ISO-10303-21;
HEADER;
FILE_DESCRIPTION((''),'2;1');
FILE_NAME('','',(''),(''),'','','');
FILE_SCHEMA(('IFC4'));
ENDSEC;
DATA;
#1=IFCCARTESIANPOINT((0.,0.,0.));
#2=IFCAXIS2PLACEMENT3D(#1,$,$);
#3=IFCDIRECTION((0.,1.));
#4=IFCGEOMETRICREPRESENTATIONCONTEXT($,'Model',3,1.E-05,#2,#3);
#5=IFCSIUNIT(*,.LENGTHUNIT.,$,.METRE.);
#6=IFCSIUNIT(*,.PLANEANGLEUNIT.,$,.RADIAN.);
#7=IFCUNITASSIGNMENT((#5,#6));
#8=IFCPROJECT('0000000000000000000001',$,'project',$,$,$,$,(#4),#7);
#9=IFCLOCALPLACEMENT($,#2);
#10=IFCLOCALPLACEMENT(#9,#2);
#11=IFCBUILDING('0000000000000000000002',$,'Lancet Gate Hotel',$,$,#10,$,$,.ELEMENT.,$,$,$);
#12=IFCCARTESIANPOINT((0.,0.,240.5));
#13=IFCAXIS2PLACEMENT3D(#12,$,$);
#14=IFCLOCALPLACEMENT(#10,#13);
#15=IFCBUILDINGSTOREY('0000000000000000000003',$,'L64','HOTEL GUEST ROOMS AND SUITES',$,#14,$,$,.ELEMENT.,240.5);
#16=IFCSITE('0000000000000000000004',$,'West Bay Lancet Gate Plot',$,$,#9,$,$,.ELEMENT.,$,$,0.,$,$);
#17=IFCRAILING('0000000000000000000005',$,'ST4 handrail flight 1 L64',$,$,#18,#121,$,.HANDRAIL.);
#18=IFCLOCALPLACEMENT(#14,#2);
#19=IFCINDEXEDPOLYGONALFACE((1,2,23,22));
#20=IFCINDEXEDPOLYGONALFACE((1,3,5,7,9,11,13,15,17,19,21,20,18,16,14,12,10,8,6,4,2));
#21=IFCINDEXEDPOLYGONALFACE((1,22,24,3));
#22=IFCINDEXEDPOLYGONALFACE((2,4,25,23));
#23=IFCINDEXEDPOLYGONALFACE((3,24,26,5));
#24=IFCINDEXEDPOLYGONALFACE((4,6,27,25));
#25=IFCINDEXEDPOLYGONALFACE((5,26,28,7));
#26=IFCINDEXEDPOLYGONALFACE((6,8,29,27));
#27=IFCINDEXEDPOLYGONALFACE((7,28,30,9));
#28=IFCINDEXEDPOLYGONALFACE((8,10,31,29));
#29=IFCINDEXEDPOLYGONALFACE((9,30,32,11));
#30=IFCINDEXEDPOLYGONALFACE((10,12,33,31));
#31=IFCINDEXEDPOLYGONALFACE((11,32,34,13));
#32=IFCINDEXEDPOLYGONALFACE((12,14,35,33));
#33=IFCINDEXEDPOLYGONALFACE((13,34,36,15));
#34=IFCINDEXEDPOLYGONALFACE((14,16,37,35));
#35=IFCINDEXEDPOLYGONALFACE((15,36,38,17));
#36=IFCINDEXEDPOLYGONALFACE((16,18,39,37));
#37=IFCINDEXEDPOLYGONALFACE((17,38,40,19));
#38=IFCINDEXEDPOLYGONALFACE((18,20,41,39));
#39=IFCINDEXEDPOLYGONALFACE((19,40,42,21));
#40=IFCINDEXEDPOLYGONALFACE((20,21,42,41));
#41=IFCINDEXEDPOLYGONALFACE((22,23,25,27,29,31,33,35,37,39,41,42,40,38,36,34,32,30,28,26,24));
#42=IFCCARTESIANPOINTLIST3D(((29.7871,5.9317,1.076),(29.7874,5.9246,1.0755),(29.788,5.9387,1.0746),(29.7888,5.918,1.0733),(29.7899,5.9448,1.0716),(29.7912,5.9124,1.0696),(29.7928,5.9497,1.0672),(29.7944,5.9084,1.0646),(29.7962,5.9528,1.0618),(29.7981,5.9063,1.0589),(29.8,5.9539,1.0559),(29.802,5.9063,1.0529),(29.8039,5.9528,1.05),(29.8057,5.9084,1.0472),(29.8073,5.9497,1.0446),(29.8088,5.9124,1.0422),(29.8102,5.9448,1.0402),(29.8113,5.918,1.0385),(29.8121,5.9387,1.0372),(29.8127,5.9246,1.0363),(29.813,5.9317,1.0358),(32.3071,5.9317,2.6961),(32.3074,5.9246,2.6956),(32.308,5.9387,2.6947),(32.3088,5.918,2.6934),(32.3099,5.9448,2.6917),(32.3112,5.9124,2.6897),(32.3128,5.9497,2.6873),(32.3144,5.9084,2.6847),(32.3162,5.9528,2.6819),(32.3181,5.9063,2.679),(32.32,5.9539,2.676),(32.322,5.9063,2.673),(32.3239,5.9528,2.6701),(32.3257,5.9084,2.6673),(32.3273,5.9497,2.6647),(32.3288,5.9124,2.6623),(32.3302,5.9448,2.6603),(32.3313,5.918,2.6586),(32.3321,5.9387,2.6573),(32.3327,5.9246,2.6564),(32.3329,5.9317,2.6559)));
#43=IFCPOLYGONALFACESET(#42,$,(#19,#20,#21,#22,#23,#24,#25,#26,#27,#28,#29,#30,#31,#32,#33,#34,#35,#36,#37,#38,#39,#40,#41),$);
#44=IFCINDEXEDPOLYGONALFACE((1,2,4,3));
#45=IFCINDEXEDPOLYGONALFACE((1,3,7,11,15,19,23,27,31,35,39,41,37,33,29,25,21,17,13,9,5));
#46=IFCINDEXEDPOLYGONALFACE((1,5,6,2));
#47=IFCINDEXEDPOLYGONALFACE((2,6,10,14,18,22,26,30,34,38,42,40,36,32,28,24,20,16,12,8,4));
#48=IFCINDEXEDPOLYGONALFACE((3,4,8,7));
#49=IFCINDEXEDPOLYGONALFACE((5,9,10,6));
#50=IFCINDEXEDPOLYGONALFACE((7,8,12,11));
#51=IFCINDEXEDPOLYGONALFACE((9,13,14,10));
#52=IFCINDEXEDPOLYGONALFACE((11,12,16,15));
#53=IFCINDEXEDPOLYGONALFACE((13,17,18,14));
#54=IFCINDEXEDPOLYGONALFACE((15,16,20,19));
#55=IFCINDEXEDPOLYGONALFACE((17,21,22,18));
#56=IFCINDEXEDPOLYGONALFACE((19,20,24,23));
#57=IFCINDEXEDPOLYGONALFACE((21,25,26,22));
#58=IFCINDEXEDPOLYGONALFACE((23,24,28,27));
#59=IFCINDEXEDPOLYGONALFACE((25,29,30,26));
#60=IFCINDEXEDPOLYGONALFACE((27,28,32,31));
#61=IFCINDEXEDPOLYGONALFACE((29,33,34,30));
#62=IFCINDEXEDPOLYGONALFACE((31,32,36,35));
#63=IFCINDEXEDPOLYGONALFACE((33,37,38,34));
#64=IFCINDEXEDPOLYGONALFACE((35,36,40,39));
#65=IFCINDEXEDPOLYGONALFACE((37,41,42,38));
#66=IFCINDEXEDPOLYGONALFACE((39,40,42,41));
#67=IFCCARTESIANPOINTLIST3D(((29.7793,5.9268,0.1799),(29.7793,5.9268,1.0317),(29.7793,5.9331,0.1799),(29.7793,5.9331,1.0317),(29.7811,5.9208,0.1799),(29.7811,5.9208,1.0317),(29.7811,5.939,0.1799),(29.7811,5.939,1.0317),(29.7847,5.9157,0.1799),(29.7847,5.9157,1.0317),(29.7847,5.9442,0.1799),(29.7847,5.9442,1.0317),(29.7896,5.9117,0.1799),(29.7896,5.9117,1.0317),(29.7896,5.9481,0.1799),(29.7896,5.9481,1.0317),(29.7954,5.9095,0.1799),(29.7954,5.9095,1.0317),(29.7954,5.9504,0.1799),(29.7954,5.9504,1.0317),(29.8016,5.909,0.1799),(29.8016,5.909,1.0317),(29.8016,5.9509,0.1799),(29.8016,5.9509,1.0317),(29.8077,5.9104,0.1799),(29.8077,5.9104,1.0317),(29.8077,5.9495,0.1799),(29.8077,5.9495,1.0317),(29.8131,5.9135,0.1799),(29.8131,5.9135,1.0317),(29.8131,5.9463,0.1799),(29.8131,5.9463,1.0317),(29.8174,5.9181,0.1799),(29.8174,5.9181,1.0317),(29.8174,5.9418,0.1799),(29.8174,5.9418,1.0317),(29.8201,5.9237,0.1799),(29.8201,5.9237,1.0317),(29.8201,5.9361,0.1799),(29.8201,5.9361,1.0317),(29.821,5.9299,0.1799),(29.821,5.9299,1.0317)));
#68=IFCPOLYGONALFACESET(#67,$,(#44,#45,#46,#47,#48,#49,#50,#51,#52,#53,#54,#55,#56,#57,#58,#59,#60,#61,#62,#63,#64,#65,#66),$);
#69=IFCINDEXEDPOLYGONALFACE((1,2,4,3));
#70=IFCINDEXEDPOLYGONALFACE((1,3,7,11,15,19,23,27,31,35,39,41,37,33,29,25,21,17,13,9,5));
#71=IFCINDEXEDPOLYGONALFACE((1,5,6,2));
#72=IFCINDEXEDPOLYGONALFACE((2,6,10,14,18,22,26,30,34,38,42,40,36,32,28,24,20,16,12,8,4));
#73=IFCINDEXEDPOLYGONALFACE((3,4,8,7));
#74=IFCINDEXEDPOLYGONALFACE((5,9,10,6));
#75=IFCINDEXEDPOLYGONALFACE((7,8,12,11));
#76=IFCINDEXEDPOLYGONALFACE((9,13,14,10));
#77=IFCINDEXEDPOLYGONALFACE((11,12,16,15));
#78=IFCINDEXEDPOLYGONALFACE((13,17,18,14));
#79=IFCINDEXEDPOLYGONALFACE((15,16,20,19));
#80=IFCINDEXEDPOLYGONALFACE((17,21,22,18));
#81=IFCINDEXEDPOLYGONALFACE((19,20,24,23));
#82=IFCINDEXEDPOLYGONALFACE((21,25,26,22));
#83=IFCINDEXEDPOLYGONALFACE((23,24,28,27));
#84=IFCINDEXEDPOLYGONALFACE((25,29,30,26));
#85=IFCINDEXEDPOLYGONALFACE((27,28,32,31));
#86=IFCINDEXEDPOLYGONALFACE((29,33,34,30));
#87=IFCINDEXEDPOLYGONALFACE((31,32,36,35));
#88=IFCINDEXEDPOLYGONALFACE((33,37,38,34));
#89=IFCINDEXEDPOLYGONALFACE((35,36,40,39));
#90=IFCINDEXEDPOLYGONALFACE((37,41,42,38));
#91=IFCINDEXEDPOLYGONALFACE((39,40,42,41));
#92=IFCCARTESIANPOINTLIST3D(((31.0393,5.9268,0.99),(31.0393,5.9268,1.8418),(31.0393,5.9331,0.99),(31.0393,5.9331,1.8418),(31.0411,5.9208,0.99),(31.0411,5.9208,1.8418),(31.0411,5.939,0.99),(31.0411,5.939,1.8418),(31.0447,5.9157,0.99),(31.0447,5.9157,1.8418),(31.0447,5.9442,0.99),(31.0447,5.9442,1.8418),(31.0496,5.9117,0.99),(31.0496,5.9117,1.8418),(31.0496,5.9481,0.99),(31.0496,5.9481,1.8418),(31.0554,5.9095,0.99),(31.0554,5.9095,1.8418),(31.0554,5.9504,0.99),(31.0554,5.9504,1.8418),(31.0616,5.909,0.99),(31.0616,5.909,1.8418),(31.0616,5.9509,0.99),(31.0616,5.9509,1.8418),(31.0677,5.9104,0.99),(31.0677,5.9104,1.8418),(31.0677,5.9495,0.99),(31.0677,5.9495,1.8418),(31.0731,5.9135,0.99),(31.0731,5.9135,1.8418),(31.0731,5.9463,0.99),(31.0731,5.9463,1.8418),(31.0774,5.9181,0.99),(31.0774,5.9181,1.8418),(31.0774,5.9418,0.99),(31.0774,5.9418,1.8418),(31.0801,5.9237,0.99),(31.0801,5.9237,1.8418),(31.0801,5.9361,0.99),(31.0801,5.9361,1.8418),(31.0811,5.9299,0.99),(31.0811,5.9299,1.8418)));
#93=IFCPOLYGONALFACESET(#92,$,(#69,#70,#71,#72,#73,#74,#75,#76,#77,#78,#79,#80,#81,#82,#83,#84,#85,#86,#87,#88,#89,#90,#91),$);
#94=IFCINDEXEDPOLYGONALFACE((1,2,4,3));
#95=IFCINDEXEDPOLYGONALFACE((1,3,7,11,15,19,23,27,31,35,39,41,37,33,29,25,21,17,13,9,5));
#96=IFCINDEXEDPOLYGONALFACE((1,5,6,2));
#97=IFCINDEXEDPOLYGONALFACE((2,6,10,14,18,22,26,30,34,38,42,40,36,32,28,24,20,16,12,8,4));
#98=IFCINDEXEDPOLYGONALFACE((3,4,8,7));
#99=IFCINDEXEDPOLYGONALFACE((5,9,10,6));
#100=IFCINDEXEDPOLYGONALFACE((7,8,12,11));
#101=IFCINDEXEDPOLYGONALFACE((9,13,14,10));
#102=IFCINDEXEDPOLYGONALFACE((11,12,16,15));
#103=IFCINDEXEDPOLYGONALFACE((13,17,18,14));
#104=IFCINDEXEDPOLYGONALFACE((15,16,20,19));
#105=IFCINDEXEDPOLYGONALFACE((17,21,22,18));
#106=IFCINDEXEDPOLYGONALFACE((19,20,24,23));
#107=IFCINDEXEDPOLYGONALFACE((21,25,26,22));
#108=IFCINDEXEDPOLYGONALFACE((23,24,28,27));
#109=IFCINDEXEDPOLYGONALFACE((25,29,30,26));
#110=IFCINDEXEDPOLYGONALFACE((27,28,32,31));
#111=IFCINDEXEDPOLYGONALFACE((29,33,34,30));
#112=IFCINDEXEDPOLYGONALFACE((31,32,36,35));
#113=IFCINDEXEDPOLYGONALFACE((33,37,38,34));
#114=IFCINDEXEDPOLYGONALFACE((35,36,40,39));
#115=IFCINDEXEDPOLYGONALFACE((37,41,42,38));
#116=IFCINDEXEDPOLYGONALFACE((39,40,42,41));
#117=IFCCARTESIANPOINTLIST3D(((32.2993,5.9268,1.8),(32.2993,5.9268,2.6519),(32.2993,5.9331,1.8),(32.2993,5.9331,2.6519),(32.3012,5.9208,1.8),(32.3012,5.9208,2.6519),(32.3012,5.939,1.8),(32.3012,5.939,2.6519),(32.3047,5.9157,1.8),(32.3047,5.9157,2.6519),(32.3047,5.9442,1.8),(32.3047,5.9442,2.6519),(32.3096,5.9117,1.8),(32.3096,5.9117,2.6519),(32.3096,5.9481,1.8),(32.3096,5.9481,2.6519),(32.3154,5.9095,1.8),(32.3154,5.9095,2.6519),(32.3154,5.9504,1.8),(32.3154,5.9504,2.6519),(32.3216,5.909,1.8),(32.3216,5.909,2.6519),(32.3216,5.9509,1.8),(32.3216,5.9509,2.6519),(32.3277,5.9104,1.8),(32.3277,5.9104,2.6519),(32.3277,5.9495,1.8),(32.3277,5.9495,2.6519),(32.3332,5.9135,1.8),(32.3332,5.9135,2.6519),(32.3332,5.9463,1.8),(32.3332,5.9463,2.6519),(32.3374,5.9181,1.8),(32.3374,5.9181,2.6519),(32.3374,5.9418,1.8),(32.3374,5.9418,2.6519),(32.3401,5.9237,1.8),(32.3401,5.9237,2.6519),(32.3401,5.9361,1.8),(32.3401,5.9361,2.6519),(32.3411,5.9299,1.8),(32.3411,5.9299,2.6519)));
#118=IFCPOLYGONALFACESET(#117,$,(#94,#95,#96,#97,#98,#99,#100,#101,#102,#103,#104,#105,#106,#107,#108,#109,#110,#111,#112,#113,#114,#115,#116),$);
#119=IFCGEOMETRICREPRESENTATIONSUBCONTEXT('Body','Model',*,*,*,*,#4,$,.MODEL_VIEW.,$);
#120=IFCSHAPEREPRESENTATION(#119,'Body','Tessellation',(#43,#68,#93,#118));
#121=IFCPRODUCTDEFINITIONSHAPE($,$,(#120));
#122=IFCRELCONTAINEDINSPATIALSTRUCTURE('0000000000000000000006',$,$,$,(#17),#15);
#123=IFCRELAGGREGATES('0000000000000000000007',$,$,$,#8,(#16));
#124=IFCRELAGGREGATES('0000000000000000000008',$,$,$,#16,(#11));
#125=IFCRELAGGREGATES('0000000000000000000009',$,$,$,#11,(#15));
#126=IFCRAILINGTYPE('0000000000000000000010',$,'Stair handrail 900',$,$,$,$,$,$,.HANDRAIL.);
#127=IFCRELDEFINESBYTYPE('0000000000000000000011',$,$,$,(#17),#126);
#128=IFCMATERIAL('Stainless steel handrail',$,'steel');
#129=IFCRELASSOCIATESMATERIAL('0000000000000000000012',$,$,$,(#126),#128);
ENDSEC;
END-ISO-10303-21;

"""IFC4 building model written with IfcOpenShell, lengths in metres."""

from ifc_helpers import new_model, si_unit, direction, frame, origin, origin_2d, place, context, subcontext, project, spatial, circle, extrude, material, type_object, element, save


model = new_model("IFC4")

# Units and contexts
model_context = context("Model", 3, precision=1e-05, world=origin(), true_north=direction((0.0, 1.0)))
body_context = subcontext(model_context, "Body", "Model", "MODEL_VIEW")
ifc_project = project(units=[si_unit("LENGTHUNIT", "METRE"), si_unit("PLANEANGLEUNIT", "RADIAN")], contexts=[model_context])

# Site, building, storey
site_placement = place(None, origin())
site = spatial("IfcSite", under=ifc_project, at=site_placement, Name="West Bay Lancet Gate Plot", CompositionType="ELEMENT", RefElevation=0.0)
building_placement = place(site_placement, origin())
building = spatial("IfcBuilding", under=site, at=building_placement, Name="Lancet Gate Hotel", CompositionType="ELEMENT")
storey_placement = place(building_placement, frame((0.0, 0.0, 240.5)))
storey = spatial("IfcBuildingStorey", under=building, at=storey_placement, Name="L64", Description="HOTEL GUEST ROOMS AND SUITES", CompositionType="ELEMENT", Elevation=240.5)

# Railing
ifc_material_1 = material(Name="Stainless steel handrail", Category="steel")
railing_type = type_object("IfcRailingType", Name="Stair handrail 900", PredefinedType="HANDRAIL", material=ifc_material_1)
railing_1_placement = place(storey_placement, frame((29.8, 5.9299, 0.1799)))
element("IfcRailing", 1, at=railing_1_placement, inside=storey, type_object=railing_type, Name="ST4 handrail flight 1 L64", PredefinedType="HANDRAIL", context=body_context, shape_type="SweptSolid", body=[
    extrude(circle(Radius=0.0239, at=origin_2d()), frame((0.0, 0.0, 0.876), z_axis=(0.841163, 0.0, 0.540782), x_axis=(0.0, 1.0, 0.0)), (0.0, 0.0, 1.0), 2.9958),
    extrude(circle(Radius=0.021, at=origin_2d()), origin(), (0.0, 0.0, 1.0), 0.8518),
    extrude(circle(Radius=0.021, at=origin_2d()), frame((1.26, 0.0, 0.8101)), (0.0, 0.0, 1.0), 0.8518),
    extrude(circle(Radius=0.021, at=origin_2d()), frame((2.52, 0.0, 1.6201)), (0.0, 0.0, 1.0), 0.8518),
])

save(model, "model.ifc")
